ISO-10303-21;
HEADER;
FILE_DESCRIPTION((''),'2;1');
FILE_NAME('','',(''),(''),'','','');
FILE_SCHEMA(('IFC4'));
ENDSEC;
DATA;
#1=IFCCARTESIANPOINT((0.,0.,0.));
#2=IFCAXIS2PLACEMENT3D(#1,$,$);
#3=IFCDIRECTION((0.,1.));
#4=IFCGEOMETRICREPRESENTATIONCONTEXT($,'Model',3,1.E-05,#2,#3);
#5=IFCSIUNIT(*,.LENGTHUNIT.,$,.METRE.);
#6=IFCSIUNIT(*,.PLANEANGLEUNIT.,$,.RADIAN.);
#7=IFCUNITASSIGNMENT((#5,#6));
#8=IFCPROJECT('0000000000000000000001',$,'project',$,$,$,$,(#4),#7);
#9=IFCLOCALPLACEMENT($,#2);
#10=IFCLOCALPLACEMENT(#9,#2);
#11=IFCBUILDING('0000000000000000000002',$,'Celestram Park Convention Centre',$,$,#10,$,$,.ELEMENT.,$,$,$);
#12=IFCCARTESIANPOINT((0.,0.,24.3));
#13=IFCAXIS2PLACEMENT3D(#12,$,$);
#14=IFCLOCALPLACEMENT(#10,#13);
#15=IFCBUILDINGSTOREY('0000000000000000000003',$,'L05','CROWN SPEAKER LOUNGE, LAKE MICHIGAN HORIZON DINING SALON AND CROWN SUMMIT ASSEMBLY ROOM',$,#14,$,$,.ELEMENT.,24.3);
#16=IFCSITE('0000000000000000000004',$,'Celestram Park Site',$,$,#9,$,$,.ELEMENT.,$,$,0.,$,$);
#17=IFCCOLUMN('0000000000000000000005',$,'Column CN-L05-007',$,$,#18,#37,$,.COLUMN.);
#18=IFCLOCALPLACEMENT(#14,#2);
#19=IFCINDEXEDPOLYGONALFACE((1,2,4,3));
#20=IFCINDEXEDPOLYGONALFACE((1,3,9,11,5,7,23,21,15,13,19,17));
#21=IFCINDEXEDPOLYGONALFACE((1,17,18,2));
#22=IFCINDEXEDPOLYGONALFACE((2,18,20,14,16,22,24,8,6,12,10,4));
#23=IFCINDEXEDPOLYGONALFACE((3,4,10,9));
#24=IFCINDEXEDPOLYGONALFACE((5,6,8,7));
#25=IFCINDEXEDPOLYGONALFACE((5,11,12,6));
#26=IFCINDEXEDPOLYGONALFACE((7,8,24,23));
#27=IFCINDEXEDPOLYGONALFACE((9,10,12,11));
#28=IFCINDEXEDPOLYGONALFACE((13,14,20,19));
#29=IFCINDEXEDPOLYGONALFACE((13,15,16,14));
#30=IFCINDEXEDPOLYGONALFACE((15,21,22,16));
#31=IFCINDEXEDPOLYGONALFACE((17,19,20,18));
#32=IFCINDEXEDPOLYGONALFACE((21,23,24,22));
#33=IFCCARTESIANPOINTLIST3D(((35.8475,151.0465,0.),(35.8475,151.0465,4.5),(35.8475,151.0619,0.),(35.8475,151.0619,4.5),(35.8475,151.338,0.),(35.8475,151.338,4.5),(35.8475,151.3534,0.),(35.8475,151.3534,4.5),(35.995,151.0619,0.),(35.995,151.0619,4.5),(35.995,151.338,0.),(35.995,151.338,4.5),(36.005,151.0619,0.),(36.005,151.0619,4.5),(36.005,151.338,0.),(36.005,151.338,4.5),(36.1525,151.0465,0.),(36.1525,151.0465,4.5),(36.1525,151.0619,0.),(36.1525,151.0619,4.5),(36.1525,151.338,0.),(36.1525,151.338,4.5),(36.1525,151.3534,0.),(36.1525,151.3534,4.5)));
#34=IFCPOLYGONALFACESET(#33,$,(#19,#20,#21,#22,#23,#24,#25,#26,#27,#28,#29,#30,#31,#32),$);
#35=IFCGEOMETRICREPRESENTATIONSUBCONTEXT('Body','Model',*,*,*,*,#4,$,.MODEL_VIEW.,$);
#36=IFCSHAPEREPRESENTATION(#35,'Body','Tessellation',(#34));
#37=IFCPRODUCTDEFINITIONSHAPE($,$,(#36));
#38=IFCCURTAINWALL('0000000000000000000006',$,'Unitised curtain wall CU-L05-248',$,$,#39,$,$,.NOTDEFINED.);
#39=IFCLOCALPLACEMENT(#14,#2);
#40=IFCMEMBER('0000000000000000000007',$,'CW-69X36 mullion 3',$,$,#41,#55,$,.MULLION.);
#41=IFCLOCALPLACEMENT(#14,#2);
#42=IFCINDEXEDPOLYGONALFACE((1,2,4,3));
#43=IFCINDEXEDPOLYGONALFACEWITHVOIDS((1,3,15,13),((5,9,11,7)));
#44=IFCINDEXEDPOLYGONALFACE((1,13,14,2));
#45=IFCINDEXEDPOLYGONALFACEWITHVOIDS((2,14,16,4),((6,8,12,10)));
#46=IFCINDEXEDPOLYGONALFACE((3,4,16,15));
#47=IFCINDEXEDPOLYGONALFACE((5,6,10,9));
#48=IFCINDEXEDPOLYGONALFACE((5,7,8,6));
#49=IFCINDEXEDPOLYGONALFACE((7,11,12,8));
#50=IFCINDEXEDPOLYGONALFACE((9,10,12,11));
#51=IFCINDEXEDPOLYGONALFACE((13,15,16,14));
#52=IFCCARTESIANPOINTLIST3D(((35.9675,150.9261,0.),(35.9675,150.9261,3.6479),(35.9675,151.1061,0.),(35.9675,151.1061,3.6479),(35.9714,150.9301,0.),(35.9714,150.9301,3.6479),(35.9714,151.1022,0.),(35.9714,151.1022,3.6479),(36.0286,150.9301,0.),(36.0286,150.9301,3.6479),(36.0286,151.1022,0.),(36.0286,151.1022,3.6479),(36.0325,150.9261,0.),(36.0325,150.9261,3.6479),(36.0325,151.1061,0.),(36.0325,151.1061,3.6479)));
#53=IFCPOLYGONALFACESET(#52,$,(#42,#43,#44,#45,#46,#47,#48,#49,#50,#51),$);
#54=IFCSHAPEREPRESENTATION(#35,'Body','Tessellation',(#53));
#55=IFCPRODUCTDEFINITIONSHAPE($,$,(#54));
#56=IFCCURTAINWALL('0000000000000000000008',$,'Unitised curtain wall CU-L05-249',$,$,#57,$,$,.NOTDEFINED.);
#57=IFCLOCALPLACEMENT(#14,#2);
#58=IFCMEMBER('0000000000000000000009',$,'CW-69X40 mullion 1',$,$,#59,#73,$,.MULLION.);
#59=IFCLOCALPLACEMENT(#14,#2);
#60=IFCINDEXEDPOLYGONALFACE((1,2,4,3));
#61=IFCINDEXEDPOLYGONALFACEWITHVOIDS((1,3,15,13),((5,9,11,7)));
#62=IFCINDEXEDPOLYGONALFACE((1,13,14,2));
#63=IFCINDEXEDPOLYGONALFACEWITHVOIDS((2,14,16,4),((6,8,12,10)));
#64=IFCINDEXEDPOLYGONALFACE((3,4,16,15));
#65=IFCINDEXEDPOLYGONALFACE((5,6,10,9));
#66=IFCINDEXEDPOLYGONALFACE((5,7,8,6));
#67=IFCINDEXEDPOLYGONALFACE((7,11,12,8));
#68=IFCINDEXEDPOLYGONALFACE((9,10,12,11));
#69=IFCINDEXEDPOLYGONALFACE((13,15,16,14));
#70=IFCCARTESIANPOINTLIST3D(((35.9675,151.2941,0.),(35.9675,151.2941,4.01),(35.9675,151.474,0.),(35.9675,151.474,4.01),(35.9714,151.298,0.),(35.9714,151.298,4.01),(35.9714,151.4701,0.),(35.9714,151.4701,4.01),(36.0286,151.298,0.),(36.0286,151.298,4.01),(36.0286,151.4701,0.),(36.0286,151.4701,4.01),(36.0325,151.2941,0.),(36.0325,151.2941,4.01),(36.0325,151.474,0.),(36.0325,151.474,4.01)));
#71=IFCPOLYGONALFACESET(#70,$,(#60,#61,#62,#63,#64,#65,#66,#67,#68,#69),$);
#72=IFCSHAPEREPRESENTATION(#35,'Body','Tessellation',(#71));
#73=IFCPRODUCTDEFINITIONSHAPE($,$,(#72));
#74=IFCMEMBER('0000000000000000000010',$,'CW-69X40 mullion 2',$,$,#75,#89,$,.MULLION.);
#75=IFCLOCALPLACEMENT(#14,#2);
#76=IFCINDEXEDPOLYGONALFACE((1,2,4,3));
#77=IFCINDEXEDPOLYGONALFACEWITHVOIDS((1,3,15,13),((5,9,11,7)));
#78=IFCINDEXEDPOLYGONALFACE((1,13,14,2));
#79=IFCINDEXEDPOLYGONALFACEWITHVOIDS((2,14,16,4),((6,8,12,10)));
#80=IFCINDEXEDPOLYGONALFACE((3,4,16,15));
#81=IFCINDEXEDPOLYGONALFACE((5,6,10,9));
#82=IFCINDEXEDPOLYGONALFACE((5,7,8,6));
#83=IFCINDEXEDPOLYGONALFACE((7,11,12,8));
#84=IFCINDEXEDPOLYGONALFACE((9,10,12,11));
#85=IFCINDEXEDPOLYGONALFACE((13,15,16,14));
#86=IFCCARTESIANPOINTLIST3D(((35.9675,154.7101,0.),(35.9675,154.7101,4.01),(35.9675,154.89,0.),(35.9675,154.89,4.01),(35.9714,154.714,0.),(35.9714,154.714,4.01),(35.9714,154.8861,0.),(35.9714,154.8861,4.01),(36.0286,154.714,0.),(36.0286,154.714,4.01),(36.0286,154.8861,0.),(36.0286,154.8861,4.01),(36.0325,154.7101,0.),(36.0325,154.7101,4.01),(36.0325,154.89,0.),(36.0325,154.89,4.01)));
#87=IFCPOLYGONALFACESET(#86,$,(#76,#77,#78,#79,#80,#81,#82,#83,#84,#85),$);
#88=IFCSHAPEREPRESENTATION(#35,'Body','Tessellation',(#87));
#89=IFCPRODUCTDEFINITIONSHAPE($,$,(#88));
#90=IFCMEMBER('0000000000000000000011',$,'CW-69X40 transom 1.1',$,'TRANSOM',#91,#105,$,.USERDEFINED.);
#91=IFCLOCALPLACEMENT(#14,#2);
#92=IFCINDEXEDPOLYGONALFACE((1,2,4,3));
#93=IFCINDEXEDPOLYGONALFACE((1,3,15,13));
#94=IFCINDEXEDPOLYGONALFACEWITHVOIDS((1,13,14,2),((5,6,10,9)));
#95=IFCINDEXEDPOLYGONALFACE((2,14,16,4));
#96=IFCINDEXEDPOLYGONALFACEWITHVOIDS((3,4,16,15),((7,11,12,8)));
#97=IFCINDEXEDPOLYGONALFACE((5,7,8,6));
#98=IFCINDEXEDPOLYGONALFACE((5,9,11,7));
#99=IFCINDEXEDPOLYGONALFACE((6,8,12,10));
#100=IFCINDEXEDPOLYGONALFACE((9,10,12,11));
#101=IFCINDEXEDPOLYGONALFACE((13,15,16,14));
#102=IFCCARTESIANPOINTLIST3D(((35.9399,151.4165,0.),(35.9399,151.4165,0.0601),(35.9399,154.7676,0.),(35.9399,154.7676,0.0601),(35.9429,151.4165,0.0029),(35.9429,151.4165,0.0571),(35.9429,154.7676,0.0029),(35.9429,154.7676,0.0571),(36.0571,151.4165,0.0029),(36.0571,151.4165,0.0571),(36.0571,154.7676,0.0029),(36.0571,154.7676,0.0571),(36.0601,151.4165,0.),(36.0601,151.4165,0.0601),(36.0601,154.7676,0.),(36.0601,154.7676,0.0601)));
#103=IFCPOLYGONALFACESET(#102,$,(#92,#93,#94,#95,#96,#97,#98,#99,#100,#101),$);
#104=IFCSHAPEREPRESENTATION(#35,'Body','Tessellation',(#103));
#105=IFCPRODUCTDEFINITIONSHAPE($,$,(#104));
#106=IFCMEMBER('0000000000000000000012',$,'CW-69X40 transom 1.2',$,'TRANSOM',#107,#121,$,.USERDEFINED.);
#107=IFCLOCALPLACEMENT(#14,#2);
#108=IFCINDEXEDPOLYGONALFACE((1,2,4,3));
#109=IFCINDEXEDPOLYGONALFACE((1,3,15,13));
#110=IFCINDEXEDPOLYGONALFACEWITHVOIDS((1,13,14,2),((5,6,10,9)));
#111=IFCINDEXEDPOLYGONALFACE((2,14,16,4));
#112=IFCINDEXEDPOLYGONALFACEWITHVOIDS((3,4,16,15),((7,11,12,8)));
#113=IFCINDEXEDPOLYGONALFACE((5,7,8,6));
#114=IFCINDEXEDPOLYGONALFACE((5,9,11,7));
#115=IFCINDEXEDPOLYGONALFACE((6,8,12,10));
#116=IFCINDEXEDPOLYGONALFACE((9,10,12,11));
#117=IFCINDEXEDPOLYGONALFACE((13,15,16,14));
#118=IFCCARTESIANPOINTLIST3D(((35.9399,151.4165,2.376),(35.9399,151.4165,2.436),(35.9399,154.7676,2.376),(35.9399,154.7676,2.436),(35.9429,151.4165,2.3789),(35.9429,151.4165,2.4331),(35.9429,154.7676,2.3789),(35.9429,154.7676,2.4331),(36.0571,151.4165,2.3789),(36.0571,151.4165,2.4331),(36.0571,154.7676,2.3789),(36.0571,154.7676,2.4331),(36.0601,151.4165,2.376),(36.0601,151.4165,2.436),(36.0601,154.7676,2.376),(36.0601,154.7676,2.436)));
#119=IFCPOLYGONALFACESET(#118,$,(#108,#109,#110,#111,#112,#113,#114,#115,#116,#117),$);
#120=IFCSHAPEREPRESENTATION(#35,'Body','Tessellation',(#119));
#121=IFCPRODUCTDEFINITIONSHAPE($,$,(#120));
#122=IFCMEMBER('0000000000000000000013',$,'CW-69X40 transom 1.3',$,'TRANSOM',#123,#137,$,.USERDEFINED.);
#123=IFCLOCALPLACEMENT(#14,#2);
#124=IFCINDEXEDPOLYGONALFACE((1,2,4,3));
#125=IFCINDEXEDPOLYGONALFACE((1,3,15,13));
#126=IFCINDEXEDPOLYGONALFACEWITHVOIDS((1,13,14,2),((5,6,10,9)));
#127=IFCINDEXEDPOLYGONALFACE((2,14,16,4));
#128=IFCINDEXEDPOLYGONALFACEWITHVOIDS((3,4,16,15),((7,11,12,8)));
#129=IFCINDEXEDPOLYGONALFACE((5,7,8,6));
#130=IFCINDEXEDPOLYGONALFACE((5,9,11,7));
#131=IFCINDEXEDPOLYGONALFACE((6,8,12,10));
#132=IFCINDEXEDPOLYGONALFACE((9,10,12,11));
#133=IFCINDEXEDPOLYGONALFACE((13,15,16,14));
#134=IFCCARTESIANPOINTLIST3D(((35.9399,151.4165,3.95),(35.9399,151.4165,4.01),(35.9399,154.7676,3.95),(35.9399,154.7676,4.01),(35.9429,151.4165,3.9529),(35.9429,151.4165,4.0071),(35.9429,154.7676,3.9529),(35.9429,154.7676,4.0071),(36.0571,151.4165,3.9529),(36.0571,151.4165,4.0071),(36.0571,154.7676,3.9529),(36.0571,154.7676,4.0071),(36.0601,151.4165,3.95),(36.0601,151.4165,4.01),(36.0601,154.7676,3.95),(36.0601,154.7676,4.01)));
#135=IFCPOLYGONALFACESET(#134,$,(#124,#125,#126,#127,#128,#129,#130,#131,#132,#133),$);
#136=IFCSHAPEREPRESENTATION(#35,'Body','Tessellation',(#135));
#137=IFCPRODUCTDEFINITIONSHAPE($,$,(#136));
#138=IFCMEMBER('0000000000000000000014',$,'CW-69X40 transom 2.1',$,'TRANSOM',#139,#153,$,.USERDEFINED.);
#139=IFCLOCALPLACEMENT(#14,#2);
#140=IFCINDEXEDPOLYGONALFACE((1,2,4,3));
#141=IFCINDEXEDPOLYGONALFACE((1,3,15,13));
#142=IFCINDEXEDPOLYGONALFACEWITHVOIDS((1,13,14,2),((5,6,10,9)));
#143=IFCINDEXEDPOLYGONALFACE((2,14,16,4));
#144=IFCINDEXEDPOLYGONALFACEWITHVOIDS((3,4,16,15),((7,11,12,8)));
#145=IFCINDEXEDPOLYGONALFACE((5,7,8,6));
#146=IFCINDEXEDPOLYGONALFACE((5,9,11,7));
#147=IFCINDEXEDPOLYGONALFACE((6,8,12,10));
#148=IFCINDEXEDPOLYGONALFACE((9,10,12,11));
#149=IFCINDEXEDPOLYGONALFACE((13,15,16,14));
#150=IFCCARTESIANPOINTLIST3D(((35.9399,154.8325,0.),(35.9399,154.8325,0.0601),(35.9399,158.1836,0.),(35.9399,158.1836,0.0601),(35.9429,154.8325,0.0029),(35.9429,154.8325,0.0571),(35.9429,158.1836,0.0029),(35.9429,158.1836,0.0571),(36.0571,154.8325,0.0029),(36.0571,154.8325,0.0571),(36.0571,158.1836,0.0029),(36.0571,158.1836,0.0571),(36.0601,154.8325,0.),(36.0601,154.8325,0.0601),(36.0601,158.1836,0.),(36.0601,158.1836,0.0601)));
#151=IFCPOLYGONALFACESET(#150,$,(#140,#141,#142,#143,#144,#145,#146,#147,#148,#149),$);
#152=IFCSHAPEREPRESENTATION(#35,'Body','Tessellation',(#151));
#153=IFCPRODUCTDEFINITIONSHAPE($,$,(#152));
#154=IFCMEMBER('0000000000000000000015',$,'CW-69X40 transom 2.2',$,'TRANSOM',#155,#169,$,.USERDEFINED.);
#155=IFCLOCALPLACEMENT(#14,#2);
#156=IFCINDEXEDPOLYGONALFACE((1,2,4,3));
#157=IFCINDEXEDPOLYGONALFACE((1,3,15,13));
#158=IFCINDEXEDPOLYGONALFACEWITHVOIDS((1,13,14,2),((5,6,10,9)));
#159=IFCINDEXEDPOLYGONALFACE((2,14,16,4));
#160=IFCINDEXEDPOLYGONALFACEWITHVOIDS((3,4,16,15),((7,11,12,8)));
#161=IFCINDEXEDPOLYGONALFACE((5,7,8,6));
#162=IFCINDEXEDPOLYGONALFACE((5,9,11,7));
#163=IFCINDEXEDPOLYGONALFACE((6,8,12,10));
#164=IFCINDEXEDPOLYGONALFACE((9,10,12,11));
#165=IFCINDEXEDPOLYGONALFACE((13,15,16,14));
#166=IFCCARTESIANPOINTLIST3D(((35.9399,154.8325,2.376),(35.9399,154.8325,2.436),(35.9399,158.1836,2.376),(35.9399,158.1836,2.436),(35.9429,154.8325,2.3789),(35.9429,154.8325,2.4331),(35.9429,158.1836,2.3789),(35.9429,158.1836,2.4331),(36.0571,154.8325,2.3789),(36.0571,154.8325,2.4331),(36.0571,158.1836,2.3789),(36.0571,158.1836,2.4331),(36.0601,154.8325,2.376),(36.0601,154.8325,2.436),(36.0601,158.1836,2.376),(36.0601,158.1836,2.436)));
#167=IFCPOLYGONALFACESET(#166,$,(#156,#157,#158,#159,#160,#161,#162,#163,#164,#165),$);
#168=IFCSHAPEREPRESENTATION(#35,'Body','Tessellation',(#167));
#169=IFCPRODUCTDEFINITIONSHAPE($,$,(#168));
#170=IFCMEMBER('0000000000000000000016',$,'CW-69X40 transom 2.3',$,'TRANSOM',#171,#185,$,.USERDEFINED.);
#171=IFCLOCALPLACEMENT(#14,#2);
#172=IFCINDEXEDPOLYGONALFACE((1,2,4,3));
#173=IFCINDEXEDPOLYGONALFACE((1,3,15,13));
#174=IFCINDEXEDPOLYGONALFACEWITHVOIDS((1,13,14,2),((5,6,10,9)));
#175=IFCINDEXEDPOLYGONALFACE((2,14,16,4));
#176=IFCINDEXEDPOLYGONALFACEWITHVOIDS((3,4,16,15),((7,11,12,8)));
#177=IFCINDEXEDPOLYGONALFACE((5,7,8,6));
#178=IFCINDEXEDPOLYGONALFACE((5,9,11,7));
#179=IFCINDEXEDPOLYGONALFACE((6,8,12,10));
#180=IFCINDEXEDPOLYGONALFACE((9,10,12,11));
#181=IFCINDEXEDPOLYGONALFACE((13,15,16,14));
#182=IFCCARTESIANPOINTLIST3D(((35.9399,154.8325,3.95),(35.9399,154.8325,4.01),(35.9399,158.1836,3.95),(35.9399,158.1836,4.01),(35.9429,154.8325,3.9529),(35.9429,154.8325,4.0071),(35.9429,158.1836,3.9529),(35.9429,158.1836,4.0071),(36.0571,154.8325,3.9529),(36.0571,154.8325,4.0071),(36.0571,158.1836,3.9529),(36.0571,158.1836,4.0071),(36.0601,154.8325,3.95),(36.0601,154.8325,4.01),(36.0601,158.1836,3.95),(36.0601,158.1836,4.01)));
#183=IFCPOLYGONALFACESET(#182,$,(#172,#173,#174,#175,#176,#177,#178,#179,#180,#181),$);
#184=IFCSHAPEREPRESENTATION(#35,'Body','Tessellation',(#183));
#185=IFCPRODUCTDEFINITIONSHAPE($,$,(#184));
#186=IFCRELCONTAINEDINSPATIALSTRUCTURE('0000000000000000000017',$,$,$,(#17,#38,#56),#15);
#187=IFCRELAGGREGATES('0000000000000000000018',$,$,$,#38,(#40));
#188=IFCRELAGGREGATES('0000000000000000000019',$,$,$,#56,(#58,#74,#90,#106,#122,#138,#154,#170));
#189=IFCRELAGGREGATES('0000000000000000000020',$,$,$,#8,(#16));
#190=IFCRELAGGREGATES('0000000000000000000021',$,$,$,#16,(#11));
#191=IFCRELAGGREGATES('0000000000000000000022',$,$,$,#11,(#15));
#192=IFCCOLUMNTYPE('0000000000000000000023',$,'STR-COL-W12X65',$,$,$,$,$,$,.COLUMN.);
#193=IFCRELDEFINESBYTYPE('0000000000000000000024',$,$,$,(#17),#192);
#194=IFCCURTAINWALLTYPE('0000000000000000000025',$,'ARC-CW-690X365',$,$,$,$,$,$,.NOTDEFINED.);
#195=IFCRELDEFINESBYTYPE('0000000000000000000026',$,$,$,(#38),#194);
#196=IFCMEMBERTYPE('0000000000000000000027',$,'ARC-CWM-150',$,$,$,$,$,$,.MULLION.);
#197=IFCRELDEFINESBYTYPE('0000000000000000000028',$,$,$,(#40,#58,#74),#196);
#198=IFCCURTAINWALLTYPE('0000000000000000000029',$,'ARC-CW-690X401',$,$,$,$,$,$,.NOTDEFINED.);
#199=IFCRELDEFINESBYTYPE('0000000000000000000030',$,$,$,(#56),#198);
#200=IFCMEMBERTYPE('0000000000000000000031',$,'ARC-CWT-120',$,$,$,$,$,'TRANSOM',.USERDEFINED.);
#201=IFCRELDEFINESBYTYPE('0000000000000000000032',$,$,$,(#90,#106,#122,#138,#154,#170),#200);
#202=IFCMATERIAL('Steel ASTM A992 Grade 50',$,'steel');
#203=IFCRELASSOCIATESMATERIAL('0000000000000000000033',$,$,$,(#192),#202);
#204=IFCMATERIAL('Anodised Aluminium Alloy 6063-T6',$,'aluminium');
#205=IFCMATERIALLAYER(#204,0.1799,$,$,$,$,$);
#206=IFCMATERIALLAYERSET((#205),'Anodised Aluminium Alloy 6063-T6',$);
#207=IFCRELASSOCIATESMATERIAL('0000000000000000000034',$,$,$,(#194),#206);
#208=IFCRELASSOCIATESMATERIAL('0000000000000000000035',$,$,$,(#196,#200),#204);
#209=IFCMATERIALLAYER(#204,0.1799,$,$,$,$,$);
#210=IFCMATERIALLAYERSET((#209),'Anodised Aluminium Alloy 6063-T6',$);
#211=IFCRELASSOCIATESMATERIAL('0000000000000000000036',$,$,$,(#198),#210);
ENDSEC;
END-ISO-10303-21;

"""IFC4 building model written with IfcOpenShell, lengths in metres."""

from ifc_helpers import new_model, si_unit, direction, frame, origin, origin_2d, place, context, subcontext, project, spatial, hollow_rectangle, i_section, extrude, material, layer, layer_set, material_profile, profile_set, type_object, element, aggregate, save


model = new_model("IFC4")

# Units and contexts
model_context = context("Model", 3, precision=1e-05, world=origin(), true_north=direction((0.0, 1.0)))
body_context = subcontext(model_context, "Body", "Model", "MODEL_VIEW")
ifc_project = project(units=[si_unit("LENGTHUNIT", "METRE"), si_unit("PLANEANGLEUNIT", "RADIAN")], contexts=[model_context])

# Site, building, storey
site_placement = place(None, origin())
site = spatial("IfcSite", under=ifc_project, at=site_placement, Name="Celestram Park Site", CompositionType="ELEMENT", RefElevation=0.0)
building_placement = place(site_placement, origin())
building = spatial("IfcBuilding", under=site, at=building_placement, Name="Celestram Park Convention Centre", CompositionType="ELEMENT")
storey_placement = place(building_placement, frame((0.0, 0.0, 24.3)))
storey = spatial("IfcBuildingStorey", under=building, at=storey_placement, Name="L05", Description="CROWN SPEAKER LOUNGE, LAKE MICHIGAN HORIZON DINING SALON AND CROWN SUMMIT ASSEMBLY ROOM", CompositionType="ELEMENT", Elevation=24.3)

# Column
ifc_material_1 = material(Name="Steel ASTM A992 Grade 50", Category="steel")
ifc_material_profile_1 = material_profile(ifc_material_1, i_section(OverallWidth=0.3049, OverallDepth=0.3069, WebThickness=0.01, FlangeThickness=0.0154, at=origin_2d()), Name="W12X65")
ifc_profile_set_1 = profile_set([ifc_material_profile_1], Name="Steel ASTM A992 Grade 50")
column_type = type_object("IfcColumnType", Name="STR-COL-W12X65", PredefinedType="COLUMN", material=ifc_profile_set_1)
column_placement = place(storey_placement, frame((36.0, 151.2, 0.0), z_axis=(0.0, 0.0, 1.0), x_axis=(1.0, 0.0, 0.0)))
element("IfcColumn", 1, at=column_placement, inside=storey, type_object=column_type, Name="Column CN-L05-007", PredefinedType="COLUMN", context=body_context, shape_type="SweptSolid", body=[
    extrude(i_section(OverallWidth=0.3049, OverallDepth=0.3069, WebThickness=0.01, FlangeThickness=0.0154, at=origin_2d()), origin(), (0.0, 0.0, 1.0), 4.5),
])

# Curtain wall, member
ifc_material_2 = material(Name="Anodised Aluminium Alloy 6063-T6", Category="aluminium")
ifc_layer_1 = layer(ifc_material_2, 0.1799)
ifc_layer_set_1 = layer_set([ifc_layer_1], Name="Anodised Aluminium Alloy 6063-T6")
curtain_wall_type_1 = type_object("IfcCurtainWallType", Name="ARC-CW-690X365", PredefinedType="NOTDEFINED", material=ifc_layer_set_1)
curtain_wall_1_placement = place(storey_placement, origin())
curtain_wall_1 = element("IfcCurtainWall", 2, at=curtain_wall_1_placement, inside=storey, type_object=curtain_wall_type_1, Name="Unitised curtain wall CU-L05-248", PredefinedType="NOTDEFINED")
ifc_material_profile_2 = material_profile(ifc_material_2, hollow_rectangle(XDim=0.0649, YDim=0.1799, WallThickness=0.0039, at=origin_2d()), Name="ALU65X180X4")
ifc_profile_set_2 = profile_set([ifc_material_profile_2], Name="Anodised Aluminium Alloy 6063-T6")
member_type_1 = type_object("IfcMemberType", Name="ARC-CWM-150", PredefinedType="MULLION", material=ifc_profile_set_2)
member_1_placement = place(storey_placement, frame((36.0, 151.0161, 0.0), z_axis=(0.0, 0.0, 1.0), x_axis=(-1.0, 0.0, 0.0)))
member_1 = element("IfcMember", 3, at=member_1_placement, type_object=member_type_1, Name="CW-69X36 mullion 3", PredefinedType="MULLION", context=body_context, shape_type="SweptSolid", body=[
    extrude(hollow_rectangle(XDim=0.0649, YDim=0.1799, WallThickness=0.0039, at=origin_2d()), origin(), (0.0, 0.0, 1.0), 3.6479),
])

# Curtain wall, members
ifc_layer_2 = layer(ifc_material_2, 0.1799)
ifc_layer_set_2 = layer_set([ifc_layer_2], Name="Anodised Aluminium Alloy 6063-T6")
curtain_wall_type_2 = type_object("IfcCurtainWallType", Name="ARC-CW-690X401", PredefinedType="NOTDEFINED", material=ifc_layer_set_2)
curtain_wall_2_placement = place(storey_placement, origin())
curtain_wall_2 = element("IfcCurtainWall", 4, at=curtain_wall_2_placement, inside=storey, type_object=curtain_wall_type_2, Name="Unitised curtain wall CU-L05-249", PredefinedType="NOTDEFINED")
member_2_placement = place(storey_placement, frame((36.0, 151.384, 0.0), z_axis=(0.0, 0.0, 1.0), x_axis=(-1.0, 0.0, 0.0)))
member_2 = element("IfcMember", 5, at=member_2_placement, type_object=member_type_1, Name="CW-69X40 mullion 1", PredefinedType="MULLION", context=body_context, shape_type="SweptSolid", body=[
    extrude(hollow_rectangle(XDim=0.0649, YDim=0.1799, WallThickness=0.0039, at=origin_2d()), origin(), (0.0, 0.0, 1.0), 4.01),
])
member_3_placement = place(storey_placement, frame((36.0, 154.8, 0.0), z_axis=(0.0, 0.0, 1.0), x_axis=(-1.0, 0.0, 0.0)))
member_3 = element("IfcMember", 6, at=member_3_placement, type_object=member_type_1, Name="CW-69X40 mullion 2", PredefinedType="MULLION", context=body_context, shape_type="SweptSolid", body=[
    extrude(hollow_rectangle(XDim=0.0649, YDim=0.1799, WallThickness=0.0039, at=origin_2d()), origin(), (0.0, 0.0, 1.0), 4.01),
])
ifc_material_profile_3 = material_profile(ifc_material_2, hollow_rectangle(XDim=0.1201, YDim=0.0601, WallThickness=0.0029, at=origin_2d()), Name="ALU120X60X3")
ifc_profile_set_3 = profile_set([ifc_material_profile_3], Name="Anodised Aluminium Alloy 6063-T6")
member_type_2 = type_object("IfcMemberType", Name="ARC-CWT-120", ElementType="TRANSOM", PredefinedType="USERDEFINED", material=ifc_profile_set_3)
member_4_placement = place(storey_placement, frame((36.0, 151.4165, 0.03), z_axis=(0.0, 1.0, 0.0), x_axis=(-1.0, 0.0, 0.0)))
member_4 = element("IfcMember", 7, at=member_4_placement, type_object=member_type_2, Name="CW-69X40 transom 1.1", ObjectType="TRANSOM", PredefinedType="USERDEFINED", context=body_context, shape_type="SweptSolid", body=[
    extrude(hollow_rectangle(XDim=0.1201, YDim=0.0601, WallThickness=0.0029, at=origin_2d()), origin(), (0.0, 0.0, 1.0), 3.3511),
])
member_5_placement = place(storey_placement, frame((36.0, 151.4165, 2.406), z_axis=(0.0, 1.0, 0.0), x_axis=(-1.0, 0.0, 0.0)))
member_5 = element("IfcMember", 8, at=member_5_placement, type_object=member_type_2, Name="CW-69X40 transom 1.2", ObjectType="TRANSOM", PredefinedType="USERDEFINED", context=body_context, shape_type="SweptSolid", body=[
    extrude(hollow_rectangle(XDim=0.1201, YDim=0.0601, WallThickness=0.0029, at=origin_2d()), origin(), (0.0, 0.0, 1.0), 3.3511),
])
member_6_placement = place(storey_placement, frame((36.0, 151.4165, 3.98), z_axis=(0.0, 1.0, 0.0), x_axis=(-1.0, 0.0, 0.0)))
member_6 = element("IfcMember", 9, at=member_6_placement, type_object=member_type_2, Name="CW-69X40 transom 1.3", ObjectType="TRANSOM", PredefinedType="USERDEFINED", context=body_context, shape_type="SweptSolid", body=[
    extrude(hollow_rectangle(XDim=0.1201, YDim=0.0601, WallThickness=0.0029, at=origin_2d()), origin(), (0.0, 0.0, 1.0), 3.3511),
])
member_7_placement = place(storey_placement, frame((36.0, 154.8325, 0.03), z_axis=(0.0, 1.0, 0.0), x_axis=(-1.0, 0.0, 0.0)))
member_7 = element("IfcMember", 10, at=member_7_placement, type_object=member_type_2, Name="CW-69X40 transom 2.1", ObjectType="TRANSOM", PredefinedType="USERDEFINED", context=body_context, shape_type="SweptSolid", body=[
    extrude(hollow_rectangle(XDim=0.1201, YDim=0.0601, WallThickness=0.0029, at=origin_2d()), origin(), (0.0, 0.0, 1.0), 3.3511),
])
member_8_placement = place(storey_placement, frame((36.0, 154.8325, 2.406), z_axis=(0.0, 1.0, 0.0), x_axis=(-1.0, 0.0, 0.0)))
member_8 = element("IfcMember", 11, at=member_8_placement, type_object=member_type_2, Name="CW-69X40 transom 2.2", ObjectType="TRANSOM", PredefinedType="USERDEFINED", context=body_context, shape_type="SweptSolid", body=[
    extrude(hollow_rectangle(XDim=0.1201, YDim=0.0601, WallThickness=0.0029, at=origin_2d()), origin(), (0.0, 0.0, 1.0), 3.3511),
])
member_9_placement = place(storey_placement, frame((36.0, 154.8325, 3.98), z_axis=(0.0, 1.0, 0.0), x_axis=(-1.0, 0.0, 0.0)))
member_9 = element("IfcMember", 12, at=member_9_placement, type_object=member_type_2, Name="CW-69X40 transom 2.3", ObjectType="TRANSOM", PredefinedType="USERDEFINED", context=body_context, shape_type="SweptSolid", body=[
    extrude(hollow_rectangle(XDim=0.1201, YDim=0.0601, WallThickness=0.0029, at=origin_2d()), origin(), (0.0, 0.0, 1.0), 3.3511),
])

aggregate(curtain_wall_1, [member_1])
aggregate(curtain_wall_2, [member_2, member_3, member_4, member_5, member_6, member_7, member_8, member_9])

save(model, "model.ifc")
